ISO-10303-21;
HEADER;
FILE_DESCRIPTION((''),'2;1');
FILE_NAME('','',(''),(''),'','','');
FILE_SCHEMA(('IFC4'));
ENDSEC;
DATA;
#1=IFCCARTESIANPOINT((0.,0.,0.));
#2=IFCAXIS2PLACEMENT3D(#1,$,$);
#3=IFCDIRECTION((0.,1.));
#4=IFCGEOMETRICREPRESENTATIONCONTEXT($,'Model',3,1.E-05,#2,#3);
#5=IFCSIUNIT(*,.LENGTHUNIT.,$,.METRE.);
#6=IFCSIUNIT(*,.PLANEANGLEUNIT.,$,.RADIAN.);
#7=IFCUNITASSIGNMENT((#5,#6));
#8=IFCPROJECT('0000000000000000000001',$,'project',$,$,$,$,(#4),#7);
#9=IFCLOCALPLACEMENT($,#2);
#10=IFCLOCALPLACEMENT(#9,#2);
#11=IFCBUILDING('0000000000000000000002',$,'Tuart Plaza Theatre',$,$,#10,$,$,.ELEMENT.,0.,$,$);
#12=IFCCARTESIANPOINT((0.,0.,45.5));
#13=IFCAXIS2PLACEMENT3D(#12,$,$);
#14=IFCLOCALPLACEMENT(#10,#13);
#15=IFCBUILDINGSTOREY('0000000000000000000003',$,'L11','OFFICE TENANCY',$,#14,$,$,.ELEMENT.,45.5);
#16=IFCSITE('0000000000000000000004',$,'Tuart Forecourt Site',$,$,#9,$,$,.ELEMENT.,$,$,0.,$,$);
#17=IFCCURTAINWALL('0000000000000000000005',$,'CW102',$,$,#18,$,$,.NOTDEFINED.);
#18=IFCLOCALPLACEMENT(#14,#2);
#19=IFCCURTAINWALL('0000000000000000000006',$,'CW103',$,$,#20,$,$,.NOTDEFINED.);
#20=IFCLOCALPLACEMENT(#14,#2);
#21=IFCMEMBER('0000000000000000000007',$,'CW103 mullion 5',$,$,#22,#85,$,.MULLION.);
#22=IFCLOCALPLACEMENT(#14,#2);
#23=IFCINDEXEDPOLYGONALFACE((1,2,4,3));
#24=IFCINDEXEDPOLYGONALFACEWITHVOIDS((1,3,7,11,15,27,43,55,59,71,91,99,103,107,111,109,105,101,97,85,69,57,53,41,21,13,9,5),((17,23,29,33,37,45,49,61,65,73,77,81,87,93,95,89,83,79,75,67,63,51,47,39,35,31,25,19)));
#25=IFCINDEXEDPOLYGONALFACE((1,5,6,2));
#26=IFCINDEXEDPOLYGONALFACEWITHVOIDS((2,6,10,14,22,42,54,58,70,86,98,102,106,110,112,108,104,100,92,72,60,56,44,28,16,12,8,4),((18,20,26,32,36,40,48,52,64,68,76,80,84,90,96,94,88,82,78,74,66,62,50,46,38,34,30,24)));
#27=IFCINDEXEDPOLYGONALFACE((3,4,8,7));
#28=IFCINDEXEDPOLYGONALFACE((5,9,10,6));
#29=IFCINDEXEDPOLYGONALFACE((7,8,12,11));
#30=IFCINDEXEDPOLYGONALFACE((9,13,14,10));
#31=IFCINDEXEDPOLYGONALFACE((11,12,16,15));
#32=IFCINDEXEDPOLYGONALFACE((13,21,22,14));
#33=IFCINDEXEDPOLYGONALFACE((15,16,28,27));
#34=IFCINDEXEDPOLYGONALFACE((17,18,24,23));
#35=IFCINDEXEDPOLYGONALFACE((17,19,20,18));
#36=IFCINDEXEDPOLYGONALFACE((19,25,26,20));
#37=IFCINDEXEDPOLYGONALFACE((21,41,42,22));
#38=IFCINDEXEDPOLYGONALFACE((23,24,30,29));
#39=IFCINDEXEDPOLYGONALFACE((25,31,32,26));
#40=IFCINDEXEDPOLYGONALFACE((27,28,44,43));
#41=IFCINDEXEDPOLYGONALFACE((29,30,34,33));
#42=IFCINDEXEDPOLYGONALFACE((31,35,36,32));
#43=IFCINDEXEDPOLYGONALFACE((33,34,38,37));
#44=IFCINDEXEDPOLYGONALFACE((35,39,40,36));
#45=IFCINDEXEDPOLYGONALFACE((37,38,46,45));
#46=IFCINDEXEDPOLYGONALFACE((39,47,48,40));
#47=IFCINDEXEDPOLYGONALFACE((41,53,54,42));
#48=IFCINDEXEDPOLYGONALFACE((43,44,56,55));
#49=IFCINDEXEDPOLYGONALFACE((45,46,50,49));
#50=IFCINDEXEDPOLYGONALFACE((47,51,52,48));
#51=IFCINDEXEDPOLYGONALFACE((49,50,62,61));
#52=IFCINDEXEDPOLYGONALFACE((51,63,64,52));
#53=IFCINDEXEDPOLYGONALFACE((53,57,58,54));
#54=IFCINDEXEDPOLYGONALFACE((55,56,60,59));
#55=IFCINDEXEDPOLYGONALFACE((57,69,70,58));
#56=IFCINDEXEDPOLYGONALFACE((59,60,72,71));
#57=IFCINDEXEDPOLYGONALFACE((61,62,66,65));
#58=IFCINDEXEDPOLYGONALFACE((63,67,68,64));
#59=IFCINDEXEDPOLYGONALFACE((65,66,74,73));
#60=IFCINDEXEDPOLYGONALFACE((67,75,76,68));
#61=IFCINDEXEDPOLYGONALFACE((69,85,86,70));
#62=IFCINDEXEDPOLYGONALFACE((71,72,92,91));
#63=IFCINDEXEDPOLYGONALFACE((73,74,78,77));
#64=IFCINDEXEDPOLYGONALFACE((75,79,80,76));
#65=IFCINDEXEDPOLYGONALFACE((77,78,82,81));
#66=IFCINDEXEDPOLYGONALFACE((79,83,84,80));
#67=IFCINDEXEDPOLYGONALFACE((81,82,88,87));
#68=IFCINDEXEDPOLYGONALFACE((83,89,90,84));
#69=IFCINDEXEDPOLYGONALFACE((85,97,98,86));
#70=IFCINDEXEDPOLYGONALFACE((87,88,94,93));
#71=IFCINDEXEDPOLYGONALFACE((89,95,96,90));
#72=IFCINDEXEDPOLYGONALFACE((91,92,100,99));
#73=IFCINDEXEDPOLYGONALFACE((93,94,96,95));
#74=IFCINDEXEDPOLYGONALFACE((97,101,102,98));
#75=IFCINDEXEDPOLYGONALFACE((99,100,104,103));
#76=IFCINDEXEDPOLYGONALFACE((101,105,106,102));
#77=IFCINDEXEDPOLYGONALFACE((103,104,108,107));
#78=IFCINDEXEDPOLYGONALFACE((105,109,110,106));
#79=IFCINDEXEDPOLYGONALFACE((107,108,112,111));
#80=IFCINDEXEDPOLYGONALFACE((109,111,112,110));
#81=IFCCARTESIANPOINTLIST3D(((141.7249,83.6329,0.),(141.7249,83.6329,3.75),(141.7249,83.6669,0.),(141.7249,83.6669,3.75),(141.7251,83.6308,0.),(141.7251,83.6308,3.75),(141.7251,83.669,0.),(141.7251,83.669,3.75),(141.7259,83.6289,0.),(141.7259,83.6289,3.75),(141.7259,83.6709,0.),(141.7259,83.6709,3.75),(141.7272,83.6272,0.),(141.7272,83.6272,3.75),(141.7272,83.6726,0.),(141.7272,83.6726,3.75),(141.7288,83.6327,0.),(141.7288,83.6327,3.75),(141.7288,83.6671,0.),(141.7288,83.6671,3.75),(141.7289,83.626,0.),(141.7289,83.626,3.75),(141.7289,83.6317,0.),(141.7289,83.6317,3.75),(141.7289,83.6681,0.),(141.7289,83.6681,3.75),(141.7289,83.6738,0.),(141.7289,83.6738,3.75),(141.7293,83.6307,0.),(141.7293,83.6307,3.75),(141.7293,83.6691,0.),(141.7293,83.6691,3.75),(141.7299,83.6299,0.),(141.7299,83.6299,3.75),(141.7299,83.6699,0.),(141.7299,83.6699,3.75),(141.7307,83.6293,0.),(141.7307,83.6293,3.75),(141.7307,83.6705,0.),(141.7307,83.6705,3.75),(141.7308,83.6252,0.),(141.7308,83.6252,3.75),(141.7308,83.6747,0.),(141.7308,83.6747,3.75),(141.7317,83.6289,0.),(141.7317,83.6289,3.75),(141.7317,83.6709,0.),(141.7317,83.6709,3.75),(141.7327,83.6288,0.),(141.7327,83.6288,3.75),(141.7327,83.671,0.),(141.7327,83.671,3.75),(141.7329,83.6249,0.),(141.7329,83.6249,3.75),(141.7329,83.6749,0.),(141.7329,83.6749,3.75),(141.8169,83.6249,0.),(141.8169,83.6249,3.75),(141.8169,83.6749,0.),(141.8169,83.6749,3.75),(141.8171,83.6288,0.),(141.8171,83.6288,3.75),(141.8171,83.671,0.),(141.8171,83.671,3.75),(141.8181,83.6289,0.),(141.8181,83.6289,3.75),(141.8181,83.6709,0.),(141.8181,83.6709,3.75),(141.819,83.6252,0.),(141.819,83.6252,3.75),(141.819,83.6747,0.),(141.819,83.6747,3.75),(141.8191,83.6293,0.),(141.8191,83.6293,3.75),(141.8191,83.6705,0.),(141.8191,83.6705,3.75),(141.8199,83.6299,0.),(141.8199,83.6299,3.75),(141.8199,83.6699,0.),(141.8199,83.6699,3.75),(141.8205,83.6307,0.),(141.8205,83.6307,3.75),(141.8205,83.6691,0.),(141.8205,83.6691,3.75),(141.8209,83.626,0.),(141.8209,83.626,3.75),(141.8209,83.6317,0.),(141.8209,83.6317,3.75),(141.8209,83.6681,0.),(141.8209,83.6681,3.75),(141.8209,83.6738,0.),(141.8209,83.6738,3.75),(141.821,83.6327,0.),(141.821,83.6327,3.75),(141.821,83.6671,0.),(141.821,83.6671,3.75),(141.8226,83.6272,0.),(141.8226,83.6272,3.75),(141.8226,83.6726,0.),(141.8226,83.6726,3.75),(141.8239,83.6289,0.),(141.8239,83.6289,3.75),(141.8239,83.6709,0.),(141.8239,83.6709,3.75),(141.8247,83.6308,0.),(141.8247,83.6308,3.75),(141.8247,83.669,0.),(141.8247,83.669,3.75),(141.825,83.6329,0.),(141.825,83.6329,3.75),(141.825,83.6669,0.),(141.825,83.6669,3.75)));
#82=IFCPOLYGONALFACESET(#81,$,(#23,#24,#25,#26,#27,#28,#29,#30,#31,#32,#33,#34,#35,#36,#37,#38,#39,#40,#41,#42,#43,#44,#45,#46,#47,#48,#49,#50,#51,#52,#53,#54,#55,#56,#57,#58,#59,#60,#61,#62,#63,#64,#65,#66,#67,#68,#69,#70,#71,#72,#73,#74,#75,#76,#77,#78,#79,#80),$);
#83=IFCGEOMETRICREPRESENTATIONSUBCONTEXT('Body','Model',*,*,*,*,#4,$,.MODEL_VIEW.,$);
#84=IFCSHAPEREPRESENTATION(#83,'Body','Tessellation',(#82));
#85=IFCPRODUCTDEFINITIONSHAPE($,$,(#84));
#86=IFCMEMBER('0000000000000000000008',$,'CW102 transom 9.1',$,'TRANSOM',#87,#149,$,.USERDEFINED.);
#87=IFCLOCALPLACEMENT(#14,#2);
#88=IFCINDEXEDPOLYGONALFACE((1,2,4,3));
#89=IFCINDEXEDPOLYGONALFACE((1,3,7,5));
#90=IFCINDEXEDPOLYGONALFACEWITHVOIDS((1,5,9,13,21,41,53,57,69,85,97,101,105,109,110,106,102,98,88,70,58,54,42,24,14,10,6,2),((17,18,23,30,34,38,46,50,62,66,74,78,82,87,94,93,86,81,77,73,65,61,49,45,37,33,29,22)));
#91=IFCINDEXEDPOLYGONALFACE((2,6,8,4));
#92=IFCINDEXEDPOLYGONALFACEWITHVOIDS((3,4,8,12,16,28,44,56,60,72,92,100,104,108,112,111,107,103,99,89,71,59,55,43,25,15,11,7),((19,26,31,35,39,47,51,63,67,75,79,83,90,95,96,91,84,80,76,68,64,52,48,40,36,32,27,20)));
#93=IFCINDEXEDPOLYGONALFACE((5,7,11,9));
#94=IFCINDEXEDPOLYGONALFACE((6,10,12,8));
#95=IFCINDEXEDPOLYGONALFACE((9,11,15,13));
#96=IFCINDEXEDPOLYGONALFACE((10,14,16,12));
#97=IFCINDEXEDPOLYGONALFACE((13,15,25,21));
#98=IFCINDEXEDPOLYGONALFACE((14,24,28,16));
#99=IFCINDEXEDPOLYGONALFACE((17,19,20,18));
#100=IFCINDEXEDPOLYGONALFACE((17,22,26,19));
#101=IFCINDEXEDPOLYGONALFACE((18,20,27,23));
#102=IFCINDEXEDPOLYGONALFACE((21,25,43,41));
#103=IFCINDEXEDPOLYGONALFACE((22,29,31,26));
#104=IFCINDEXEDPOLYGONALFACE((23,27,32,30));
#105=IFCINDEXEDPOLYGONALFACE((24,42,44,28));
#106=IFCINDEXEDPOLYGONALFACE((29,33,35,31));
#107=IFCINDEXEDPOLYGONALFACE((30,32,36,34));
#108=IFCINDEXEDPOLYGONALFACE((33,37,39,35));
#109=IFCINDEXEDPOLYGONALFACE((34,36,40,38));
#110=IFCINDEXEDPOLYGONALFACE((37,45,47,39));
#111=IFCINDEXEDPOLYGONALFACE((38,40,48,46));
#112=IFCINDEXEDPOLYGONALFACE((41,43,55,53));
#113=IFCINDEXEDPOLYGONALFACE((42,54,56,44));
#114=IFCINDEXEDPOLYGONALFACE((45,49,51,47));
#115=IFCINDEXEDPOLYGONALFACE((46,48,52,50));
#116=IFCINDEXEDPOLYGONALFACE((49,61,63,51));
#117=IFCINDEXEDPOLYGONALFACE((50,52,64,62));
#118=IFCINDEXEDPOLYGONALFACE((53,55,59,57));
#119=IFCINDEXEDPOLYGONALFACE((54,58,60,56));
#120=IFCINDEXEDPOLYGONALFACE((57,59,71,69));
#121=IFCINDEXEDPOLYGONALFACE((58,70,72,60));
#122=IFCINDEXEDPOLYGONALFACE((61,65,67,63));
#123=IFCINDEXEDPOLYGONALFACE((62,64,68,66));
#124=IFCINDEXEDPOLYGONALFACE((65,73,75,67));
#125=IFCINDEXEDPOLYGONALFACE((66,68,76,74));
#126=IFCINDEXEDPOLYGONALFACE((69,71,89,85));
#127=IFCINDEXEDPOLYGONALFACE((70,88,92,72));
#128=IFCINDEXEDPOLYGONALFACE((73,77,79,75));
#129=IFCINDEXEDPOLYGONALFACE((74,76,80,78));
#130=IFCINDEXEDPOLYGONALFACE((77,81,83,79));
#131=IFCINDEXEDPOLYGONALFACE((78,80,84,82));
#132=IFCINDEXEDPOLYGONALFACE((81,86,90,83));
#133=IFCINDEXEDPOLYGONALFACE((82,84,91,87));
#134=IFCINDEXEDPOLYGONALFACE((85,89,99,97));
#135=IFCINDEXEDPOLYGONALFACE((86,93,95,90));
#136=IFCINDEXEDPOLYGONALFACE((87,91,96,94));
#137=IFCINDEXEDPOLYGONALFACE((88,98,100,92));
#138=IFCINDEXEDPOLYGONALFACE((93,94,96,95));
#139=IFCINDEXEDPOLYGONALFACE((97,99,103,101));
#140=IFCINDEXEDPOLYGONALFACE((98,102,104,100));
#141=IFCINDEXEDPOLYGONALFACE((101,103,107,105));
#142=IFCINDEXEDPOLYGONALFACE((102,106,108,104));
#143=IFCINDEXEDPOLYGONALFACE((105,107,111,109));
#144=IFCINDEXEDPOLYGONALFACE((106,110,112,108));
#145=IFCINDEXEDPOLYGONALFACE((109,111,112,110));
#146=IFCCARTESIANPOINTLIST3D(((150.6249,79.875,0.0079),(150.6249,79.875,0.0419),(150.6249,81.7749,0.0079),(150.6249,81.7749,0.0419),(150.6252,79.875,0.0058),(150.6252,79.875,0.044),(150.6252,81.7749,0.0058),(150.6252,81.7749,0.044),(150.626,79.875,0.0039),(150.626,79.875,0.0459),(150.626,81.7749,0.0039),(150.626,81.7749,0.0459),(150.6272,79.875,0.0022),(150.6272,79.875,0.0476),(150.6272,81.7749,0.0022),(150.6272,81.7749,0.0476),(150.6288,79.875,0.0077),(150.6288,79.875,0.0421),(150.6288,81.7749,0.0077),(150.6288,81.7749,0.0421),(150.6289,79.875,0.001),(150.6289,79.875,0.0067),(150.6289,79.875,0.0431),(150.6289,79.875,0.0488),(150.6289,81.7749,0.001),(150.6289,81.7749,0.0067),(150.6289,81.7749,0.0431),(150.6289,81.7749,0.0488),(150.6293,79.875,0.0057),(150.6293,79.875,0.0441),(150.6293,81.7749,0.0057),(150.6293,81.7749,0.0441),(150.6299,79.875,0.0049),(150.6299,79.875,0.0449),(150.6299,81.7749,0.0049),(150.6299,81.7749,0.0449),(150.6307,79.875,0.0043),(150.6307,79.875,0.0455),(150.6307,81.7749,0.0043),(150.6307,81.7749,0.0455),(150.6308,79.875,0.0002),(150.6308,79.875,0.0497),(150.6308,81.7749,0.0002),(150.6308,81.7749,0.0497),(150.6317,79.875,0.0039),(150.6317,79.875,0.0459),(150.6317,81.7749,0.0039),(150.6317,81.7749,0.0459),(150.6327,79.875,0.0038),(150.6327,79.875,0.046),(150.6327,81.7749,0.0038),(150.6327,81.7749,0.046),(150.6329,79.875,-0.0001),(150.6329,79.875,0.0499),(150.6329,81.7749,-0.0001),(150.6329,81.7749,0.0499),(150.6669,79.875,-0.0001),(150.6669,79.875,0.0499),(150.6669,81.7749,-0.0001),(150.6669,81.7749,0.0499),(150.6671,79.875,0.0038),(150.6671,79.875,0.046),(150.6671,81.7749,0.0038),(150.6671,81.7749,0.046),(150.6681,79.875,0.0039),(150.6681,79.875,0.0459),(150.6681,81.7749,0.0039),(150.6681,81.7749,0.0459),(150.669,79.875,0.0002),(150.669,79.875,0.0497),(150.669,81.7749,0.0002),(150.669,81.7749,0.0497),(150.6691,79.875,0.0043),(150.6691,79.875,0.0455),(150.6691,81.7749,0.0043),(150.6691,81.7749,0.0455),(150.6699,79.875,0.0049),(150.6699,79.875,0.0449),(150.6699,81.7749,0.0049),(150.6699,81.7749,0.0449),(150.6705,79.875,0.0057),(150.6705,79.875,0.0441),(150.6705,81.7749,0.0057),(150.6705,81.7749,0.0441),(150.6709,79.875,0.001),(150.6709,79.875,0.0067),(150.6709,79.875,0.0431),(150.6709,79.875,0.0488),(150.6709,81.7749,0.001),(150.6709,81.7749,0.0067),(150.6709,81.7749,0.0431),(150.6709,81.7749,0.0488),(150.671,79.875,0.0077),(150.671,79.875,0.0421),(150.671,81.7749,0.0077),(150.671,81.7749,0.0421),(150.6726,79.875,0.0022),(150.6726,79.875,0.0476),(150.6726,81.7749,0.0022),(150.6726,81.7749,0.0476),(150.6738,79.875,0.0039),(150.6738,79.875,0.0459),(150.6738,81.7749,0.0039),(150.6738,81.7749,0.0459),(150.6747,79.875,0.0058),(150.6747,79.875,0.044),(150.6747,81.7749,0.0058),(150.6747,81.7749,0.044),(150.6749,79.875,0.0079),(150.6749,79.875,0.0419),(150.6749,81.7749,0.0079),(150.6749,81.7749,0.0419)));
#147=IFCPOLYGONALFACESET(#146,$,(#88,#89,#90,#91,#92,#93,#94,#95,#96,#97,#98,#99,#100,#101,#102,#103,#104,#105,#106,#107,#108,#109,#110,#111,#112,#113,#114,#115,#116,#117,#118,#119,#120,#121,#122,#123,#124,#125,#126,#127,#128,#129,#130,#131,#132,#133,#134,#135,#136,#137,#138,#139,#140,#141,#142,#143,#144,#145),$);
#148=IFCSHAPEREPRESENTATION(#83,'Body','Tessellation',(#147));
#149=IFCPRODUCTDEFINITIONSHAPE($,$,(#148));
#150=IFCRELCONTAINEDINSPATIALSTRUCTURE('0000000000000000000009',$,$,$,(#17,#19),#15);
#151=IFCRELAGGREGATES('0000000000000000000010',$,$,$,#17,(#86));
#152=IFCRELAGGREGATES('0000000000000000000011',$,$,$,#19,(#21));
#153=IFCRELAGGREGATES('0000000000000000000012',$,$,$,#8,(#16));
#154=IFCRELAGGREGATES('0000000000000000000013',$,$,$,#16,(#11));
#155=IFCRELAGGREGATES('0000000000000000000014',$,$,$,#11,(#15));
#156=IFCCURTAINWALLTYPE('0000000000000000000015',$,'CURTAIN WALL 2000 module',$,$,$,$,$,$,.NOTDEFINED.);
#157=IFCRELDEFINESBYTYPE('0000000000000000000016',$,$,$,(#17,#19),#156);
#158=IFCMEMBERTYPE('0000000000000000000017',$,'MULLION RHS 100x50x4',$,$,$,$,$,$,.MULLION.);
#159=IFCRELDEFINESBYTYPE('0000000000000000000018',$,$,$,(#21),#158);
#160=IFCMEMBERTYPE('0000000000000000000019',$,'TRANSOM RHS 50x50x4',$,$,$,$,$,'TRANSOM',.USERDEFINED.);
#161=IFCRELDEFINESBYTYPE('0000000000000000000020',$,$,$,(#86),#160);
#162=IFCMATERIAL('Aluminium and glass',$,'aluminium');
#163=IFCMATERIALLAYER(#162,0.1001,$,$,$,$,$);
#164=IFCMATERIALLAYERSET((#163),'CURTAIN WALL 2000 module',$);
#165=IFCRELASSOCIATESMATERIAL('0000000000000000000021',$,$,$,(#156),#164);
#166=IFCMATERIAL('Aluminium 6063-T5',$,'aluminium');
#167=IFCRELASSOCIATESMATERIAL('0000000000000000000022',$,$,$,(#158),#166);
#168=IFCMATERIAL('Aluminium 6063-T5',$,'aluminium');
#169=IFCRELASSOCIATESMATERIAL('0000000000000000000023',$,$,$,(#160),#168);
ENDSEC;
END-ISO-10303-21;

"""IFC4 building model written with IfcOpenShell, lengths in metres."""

from ifc_helpers import new_model, si_unit, direction, frame, origin, origin_2d, place, context, subcontext, project, spatial, hollow_rectangle, extrude, material, layer, layer_set, material_profile, profile_set, type_object, element, aggregate, save


model = new_model("IFC4")

# Units and contexts
model_context = context("Model", 3, precision=1e-05, world=origin(), true_north=direction((0.0, 1.0)))
body_context = subcontext(model_context, "Body", "Model", "MODEL_VIEW")
ifc_project = project(units=[si_unit("LENGTHUNIT", "METRE"), si_unit("PLANEANGLEUNIT", "RADIAN")], contexts=[model_context])

# Site, building, storey
site_placement = place(None, origin())
site = spatial("IfcSite", under=ifc_project, at=site_placement, Name="Tuart Forecourt Site", CompositionType="ELEMENT", RefElevation=0.0)
building_placement = place(site_placement, origin())
building = spatial("IfcBuilding", under=site, at=building_placement, Name="Tuart Plaza Theatre", CompositionType="ELEMENT", ElevationOfRefHeight=0.0)
storey_placement = place(building_placement, frame((0.0, 0.0, 45.5)))
storey = spatial("IfcBuildingStorey", under=building, at=storey_placement, Name="L11", Description="OFFICE TENANCY", CompositionType="ELEMENT", Elevation=45.5)

# Curtain wall
ifc_material_1 = material(Name="Aluminium and glass", Category="aluminium")
ifc_layer_1 = layer(ifc_material_1, 0.1001)
ifc_layer_set_1 = layer_set([ifc_layer_1], Name="CURTAIN WALL 2000 module")
curtain_wall_type = type_object("IfcCurtainWallType", Name="CURTAIN WALL 2000 module", PredefinedType="NOTDEFINED", material=ifc_layer_set_1)
curtain_wall_1_placement = place(storey_placement, origin())
curtain_wall_1 = element("IfcCurtainWall", 1, at=curtain_wall_1_placement, inside=storey, type_object=curtain_wall_type, Name="CW102", PredefinedType="NOTDEFINED")
ifc_material_2 = material(Name="Aluminium 6063-T5", Category="aluminium")
ifc_material_profile_1 = material_profile(ifc_material_2, hollow_rectangle(XDim=0.05, YDim=0.1001, WallThickness=0.0039, InnerFilletRadius=0.0039, OuterFilletRadius=0.0081, at=origin_2d()), Name="RHS 100x50x4")
ifc_profile_set_1 = profile_set([ifc_material_profile_1], Name="Aluminium 6063-T5")
member_type_1 = type_object("IfcMemberType", Name="MULLION RHS 100x50x4", PredefinedType="MULLION", material=ifc_profile_set_1)

# Curtain wall, member
curtain_wall_2_placement = place(storey_placement, origin())
curtain_wall_2 = element("IfcCurtainWall", 2, at=curtain_wall_2_placement, inside=storey, type_object=curtain_wall_type, Name="CW103", PredefinedType="NOTDEFINED")
member_1_placement = place(storey_placement, frame((141.7749, 83.6499, 0.0), z_axis=(0.0, 0.0, 1.0), x_axis=(0.0, -1.0, 0.0)))
member_1 = element("IfcMember", 3, at=member_1_placement, type_object=member_type_1, Name="CW103 mullion 5", PredefinedType="MULLION", context=body_context, shape_type="SweptSolid", body=[
    extrude(hollow_rectangle(XDim=0.05, YDim=0.1001, WallThickness=0.0039, InnerFilletRadius=0.0039, OuterFilletRadius=0.0081, at=origin_2d()), origin(), (0.0, 0.0, 1.0), 3.75),
])

# Member
ifc_material_3 = material(Name="Aluminium 6063-T5", Category="aluminium")
ifc_material_profile_2 = material_profile(ifc_material_3, hollow_rectangle(XDim=0.05, YDim=0.05, WallThickness=0.0039, InnerFilletRadius=0.0039, OuterFilletRadius=0.0081, at=origin_2d()), Name="RHS 50x50x4")
ifc_profile_set_2 = profile_set([ifc_material_profile_2], Name="Aluminium 6063-T5")
member_type_2 = type_object("IfcMemberType", Name="TRANSOM RHS 50x50x4", ElementType="TRANSOM", PredefinedType="USERDEFINED", material=ifc_profile_set_2)
member_2_placement = place(storey_placement, frame((150.6499, 79.875, 0.0249), z_axis=(0.0, 1.0, 0.0), x_axis=(-1.0, 0.0, 0.0)))
member_2 = element("IfcMember", 4, at=member_2_placement, type_object=member_type_2, Name="CW102 transom 9.1", ObjectType="TRANSOM", PredefinedType="USERDEFINED", context=body_context, shape_type="SweptSolid", body=[
    extrude(hollow_rectangle(XDim=0.05, YDim=0.05, WallThickness=0.0039, InnerFilletRadius=0.0039, OuterFilletRadius=0.0081, at=origin_2d()), origin(), (0.0, 0.0, 1.0), 1.8999),
])

aggregate(curtain_wall_1, [member_2])
aggregate(curtain_wall_2, [member_1])

save(model, "model.ifc")
